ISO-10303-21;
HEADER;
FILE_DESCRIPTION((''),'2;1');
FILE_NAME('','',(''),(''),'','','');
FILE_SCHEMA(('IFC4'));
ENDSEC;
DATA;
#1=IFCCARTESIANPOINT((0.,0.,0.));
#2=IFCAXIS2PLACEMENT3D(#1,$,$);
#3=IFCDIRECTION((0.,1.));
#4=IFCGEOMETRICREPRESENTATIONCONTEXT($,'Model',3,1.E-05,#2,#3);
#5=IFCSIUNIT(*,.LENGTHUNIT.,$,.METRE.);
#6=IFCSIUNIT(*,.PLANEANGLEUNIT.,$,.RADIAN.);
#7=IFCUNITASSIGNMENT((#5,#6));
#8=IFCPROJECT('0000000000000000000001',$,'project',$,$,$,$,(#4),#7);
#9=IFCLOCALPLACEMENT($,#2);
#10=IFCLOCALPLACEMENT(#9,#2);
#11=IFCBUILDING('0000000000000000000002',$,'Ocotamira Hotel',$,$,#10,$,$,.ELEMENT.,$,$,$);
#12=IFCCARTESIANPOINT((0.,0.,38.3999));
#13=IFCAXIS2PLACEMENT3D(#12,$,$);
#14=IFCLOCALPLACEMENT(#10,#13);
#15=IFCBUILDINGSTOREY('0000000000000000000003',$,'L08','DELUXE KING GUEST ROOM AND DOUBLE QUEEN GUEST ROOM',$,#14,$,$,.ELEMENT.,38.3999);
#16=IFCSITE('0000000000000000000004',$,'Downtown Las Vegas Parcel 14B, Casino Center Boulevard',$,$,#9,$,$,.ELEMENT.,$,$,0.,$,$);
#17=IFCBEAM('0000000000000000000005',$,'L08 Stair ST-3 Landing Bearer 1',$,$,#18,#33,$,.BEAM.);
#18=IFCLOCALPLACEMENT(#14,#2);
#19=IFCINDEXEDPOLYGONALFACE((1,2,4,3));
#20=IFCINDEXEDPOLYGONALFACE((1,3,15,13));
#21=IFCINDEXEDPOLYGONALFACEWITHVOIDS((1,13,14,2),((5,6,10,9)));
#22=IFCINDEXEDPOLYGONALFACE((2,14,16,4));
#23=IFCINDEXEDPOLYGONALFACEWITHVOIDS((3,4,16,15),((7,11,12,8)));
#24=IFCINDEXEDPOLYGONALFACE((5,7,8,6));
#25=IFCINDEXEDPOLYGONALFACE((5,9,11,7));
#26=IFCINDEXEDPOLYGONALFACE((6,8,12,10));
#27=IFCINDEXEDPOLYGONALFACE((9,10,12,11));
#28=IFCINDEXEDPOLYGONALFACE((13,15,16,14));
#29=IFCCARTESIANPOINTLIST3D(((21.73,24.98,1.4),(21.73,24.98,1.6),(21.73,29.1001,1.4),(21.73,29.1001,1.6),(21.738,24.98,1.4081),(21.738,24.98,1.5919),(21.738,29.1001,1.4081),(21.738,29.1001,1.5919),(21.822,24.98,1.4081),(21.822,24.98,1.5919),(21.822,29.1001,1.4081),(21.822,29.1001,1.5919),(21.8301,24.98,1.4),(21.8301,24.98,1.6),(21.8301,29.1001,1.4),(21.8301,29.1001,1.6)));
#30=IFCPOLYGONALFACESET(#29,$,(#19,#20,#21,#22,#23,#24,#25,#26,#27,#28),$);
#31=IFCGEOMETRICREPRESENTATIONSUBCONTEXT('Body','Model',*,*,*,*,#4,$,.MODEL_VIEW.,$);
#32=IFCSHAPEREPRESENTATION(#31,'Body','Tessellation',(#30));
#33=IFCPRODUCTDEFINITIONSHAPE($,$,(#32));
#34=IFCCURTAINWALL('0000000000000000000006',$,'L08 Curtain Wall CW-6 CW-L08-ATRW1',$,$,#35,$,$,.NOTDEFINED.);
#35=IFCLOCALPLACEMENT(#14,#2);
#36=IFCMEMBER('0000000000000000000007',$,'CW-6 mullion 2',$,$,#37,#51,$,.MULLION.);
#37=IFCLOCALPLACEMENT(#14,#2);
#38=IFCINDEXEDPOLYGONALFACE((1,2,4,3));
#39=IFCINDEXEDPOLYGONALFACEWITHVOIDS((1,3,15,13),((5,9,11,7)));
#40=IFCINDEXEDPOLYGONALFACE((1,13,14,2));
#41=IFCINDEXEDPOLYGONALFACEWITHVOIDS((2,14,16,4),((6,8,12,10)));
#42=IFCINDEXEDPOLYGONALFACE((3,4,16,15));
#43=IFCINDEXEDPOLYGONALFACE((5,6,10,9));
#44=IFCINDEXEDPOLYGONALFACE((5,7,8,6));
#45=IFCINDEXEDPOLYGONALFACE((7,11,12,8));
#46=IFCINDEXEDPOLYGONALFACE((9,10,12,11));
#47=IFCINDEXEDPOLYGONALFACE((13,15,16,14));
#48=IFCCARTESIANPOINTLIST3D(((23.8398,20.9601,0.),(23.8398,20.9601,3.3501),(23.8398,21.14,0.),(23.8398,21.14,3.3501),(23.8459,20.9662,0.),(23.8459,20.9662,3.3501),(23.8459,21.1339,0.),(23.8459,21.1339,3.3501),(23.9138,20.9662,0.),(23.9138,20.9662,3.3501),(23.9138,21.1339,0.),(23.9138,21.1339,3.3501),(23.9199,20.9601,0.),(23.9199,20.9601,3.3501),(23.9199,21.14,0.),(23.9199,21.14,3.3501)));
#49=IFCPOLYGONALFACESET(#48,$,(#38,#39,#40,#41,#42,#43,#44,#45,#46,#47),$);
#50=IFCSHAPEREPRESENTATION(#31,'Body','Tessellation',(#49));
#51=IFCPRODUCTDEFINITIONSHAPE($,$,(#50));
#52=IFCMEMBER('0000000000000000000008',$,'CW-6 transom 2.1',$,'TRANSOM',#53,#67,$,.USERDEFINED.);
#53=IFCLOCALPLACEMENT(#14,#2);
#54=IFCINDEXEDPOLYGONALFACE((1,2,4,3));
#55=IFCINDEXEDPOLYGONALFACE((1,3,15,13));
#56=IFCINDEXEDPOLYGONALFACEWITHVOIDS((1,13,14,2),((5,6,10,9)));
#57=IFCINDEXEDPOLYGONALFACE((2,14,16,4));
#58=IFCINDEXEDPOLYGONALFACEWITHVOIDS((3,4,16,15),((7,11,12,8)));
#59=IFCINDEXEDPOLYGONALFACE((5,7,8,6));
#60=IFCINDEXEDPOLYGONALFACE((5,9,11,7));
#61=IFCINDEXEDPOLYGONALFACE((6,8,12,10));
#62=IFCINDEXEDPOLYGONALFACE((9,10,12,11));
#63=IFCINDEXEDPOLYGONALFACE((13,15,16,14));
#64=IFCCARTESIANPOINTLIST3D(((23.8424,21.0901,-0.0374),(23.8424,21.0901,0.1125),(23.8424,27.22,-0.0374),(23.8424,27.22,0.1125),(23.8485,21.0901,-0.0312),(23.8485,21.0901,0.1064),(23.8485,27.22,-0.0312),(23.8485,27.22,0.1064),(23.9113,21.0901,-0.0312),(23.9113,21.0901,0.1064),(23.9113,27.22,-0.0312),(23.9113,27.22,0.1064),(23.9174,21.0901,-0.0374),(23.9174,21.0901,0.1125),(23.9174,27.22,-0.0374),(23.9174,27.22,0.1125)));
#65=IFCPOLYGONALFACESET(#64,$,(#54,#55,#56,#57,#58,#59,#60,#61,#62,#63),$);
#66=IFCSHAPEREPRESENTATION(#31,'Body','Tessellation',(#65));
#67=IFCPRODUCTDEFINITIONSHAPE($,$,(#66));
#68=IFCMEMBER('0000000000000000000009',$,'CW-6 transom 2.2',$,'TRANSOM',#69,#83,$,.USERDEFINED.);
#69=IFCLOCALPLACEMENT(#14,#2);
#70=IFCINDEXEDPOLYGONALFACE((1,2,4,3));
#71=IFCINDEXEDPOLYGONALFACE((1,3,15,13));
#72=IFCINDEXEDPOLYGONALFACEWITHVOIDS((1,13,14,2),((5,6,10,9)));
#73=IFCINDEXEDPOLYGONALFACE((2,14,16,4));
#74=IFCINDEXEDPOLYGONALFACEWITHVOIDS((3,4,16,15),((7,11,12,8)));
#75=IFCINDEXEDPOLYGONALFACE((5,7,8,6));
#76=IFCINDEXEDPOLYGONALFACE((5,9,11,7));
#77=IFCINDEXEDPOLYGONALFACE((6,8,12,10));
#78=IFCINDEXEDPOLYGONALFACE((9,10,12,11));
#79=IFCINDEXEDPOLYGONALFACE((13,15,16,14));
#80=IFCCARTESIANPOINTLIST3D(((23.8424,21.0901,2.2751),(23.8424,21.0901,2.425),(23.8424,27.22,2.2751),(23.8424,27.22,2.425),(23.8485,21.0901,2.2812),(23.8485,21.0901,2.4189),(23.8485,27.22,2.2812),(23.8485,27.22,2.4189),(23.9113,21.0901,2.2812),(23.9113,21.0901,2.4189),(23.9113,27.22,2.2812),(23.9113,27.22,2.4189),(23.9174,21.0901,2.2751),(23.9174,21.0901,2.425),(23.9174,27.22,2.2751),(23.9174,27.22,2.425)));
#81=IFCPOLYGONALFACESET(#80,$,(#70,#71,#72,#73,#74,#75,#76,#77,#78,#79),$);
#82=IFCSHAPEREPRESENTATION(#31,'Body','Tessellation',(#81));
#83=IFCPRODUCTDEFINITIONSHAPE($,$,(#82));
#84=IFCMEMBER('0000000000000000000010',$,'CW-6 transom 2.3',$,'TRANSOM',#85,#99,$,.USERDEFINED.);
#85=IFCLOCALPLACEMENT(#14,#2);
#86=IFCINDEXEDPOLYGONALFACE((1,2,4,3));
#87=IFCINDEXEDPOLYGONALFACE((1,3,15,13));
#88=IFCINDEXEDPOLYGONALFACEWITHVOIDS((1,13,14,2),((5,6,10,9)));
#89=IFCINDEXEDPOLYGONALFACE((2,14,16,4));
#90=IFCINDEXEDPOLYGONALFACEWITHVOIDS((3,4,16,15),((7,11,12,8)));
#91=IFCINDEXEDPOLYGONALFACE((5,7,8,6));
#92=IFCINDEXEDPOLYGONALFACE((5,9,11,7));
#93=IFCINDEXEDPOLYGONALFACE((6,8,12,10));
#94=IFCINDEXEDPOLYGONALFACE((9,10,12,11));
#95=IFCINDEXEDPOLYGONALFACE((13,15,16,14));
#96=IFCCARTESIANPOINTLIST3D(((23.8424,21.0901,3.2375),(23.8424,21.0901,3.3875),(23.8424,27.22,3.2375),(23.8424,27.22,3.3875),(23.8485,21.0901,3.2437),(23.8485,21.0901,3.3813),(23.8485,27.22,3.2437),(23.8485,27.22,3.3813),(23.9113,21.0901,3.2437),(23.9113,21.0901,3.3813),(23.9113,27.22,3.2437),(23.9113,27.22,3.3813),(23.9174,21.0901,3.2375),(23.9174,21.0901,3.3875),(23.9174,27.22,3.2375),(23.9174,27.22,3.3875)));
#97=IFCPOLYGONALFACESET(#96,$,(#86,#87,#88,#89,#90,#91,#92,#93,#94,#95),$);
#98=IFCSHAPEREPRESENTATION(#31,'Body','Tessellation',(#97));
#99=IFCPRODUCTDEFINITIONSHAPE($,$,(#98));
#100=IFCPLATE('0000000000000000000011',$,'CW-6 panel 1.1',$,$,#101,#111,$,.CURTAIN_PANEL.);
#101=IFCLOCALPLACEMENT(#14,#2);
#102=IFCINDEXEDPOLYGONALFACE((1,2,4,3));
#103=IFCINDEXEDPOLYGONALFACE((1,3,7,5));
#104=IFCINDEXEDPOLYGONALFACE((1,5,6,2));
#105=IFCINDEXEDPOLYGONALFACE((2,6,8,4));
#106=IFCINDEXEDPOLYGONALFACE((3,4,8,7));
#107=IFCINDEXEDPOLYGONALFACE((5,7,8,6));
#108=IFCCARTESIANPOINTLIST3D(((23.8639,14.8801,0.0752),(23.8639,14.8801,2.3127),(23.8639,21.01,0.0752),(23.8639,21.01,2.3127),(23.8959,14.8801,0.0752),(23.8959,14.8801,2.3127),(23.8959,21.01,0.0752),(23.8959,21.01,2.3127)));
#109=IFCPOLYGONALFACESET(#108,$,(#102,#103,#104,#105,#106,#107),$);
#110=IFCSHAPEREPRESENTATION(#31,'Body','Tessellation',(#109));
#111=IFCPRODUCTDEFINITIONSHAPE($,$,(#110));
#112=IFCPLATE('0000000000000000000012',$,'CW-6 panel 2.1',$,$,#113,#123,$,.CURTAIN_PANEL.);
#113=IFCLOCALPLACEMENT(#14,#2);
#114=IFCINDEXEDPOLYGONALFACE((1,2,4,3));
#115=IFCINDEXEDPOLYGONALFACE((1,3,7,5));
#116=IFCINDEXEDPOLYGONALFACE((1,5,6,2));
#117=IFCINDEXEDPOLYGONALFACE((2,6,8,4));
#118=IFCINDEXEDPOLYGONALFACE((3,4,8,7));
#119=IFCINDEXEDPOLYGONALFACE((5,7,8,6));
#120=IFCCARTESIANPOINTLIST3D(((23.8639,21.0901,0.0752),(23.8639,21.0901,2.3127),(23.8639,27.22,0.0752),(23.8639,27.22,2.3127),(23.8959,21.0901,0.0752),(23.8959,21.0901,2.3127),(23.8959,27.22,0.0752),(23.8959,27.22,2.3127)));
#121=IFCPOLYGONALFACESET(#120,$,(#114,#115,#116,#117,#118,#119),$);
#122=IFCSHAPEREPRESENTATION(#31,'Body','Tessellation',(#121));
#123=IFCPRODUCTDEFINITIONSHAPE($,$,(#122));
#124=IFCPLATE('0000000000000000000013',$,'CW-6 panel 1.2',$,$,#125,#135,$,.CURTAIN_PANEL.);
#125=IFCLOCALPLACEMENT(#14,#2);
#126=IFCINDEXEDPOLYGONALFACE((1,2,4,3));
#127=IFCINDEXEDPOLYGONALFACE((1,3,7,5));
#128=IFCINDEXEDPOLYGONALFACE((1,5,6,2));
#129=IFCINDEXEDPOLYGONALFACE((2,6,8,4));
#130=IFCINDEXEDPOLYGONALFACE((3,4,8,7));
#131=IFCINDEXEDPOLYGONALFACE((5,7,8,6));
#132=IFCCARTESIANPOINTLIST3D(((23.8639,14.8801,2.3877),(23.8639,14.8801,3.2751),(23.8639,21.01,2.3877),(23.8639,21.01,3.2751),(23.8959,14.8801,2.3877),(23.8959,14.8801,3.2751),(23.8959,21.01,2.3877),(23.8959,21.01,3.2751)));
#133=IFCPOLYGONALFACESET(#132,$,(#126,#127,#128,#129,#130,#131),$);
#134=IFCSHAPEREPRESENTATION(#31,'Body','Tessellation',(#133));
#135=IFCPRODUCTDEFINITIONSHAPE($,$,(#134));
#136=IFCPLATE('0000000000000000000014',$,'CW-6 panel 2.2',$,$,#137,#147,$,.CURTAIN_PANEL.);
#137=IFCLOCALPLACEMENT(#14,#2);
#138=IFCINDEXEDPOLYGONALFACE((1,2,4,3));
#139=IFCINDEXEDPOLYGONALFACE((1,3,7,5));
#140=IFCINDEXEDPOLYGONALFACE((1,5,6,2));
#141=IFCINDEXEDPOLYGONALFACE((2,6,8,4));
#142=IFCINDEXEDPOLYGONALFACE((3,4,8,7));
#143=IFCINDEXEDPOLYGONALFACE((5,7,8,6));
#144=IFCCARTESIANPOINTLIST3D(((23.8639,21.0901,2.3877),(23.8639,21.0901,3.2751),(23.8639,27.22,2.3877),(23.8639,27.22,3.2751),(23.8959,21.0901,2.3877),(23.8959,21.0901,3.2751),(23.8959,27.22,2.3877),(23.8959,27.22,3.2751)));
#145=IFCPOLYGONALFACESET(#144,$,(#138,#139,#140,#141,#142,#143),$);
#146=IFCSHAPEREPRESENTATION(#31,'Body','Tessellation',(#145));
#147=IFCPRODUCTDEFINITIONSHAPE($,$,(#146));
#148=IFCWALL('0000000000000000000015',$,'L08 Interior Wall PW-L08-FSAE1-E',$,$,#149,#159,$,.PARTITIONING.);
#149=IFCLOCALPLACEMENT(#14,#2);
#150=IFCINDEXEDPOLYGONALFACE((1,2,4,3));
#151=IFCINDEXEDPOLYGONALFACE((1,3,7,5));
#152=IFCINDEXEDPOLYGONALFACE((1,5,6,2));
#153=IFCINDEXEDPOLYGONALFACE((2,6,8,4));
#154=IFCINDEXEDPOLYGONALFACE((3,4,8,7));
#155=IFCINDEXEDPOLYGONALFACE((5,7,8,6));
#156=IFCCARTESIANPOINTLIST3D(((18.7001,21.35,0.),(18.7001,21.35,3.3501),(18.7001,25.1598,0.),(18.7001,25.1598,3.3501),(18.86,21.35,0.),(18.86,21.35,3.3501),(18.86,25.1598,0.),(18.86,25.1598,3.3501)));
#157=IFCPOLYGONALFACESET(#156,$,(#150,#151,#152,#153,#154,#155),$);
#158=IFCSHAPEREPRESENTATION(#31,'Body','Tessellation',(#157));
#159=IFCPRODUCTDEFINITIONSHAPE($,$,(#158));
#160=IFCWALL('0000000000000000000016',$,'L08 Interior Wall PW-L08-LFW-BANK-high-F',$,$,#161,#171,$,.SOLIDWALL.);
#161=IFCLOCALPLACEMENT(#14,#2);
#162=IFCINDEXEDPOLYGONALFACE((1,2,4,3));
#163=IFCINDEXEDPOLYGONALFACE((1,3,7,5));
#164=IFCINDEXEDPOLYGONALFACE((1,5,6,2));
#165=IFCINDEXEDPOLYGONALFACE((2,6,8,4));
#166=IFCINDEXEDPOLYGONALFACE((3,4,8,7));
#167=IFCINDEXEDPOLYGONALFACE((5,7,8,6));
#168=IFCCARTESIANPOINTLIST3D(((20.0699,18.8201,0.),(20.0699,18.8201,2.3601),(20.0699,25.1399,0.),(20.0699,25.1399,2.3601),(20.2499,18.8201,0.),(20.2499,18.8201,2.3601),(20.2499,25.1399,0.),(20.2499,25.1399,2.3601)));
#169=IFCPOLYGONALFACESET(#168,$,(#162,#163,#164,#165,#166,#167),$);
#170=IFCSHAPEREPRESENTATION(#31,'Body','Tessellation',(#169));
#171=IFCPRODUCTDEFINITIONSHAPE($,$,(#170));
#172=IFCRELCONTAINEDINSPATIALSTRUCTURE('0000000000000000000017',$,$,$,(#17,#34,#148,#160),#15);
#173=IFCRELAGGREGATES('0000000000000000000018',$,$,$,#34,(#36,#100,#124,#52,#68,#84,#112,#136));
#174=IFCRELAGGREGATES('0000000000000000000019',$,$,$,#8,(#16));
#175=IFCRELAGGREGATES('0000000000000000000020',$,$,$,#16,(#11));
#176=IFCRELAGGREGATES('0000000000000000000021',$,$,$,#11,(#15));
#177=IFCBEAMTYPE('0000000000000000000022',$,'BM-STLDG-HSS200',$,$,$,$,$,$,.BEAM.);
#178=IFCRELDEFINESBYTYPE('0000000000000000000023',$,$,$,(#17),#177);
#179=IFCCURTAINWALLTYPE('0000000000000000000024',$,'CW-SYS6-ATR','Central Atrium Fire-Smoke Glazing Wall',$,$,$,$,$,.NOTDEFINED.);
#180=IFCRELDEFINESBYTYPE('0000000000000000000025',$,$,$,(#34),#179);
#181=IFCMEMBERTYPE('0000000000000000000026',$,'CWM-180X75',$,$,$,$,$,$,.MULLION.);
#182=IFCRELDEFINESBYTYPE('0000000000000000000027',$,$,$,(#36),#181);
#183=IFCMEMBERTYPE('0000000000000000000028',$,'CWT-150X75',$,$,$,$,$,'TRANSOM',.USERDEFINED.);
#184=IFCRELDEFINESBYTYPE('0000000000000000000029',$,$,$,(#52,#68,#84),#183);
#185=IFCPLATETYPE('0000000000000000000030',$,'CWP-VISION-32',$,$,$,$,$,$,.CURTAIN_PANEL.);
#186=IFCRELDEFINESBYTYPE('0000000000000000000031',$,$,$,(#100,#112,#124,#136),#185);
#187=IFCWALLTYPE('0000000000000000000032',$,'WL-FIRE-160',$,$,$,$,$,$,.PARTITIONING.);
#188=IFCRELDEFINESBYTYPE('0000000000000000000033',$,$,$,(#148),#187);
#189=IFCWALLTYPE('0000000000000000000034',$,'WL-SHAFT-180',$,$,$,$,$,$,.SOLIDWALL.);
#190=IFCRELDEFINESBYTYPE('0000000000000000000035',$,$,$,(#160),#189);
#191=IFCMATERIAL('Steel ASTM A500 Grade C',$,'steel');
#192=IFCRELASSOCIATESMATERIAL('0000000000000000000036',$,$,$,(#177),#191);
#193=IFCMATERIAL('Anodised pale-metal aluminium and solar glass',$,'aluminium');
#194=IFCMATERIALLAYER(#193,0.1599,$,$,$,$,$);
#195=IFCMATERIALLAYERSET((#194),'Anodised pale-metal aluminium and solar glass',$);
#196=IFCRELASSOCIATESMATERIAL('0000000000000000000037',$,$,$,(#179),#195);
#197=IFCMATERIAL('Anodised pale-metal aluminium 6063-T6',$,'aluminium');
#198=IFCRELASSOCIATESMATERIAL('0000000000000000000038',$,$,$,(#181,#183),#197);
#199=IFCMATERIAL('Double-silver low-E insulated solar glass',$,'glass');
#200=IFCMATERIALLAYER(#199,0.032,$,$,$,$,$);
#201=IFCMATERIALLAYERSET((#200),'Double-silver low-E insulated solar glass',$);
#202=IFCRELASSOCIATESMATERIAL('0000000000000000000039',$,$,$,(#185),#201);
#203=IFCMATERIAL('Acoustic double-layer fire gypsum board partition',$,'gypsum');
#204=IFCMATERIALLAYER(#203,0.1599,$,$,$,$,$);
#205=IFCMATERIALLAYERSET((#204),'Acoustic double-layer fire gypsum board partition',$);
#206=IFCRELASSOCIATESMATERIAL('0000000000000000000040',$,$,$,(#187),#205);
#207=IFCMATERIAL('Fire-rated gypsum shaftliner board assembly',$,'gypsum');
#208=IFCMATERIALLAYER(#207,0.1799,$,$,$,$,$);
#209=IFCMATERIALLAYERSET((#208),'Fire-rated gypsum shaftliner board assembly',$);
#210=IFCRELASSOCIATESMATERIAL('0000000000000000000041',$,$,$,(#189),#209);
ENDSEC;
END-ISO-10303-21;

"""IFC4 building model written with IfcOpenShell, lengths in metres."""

from ifc_helpers import new_model, si_unit, direction, frame, frame_2d, origin, origin_2d, place, context, subcontext, project, spatial, rectangle, hollow_rectangle, extrude, source, transform, mapped, material, layer, layer_set, material_profile, profile_set, type_object, element, aggregate, save


model = new_model("IFC4")

# Units and contexts
model_context = context("Model", 3, precision=1e-05, world=origin(), true_north=direction((0.0, 1.0)))
body_context = subcontext(model_context, "Body", "Model", "MODEL_VIEW")
ifc_project = project(units=[si_unit("LENGTHUNIT", "METRE"), si_unit("PLANEANGLEUNIT", "RADIAN")], contexts=[model_context])

# Site, building, storey
site_placement = place(None, origin())
site = spatial("IfcSite", under=ifc_project, at=site_placement, Name="Downtown Las Vegas Parcel 14B, Casino Center Boulevard", CompositionType="ELEMENT", RefElevation=0.0)
building_placement = place(site_placement, origin())
building = spatial("IfcBuilding", under=site, at=building_placement, Name="Ocotamira Hotel", CompositionType="ELEMENT")
storey_placement = place(building_placement, frame((0.0, 0.0, 38.3999)))
storey = spatial("IfcBuildingStorey", under=building, at=storey_placement, Name="L08", Description="DELUXE KING GUEST ROOM AND DOUBLE QUEEN GUEST ROOM", CompositionType="ELEMENT", Elevation=38.3999)

# Beam
ifc_material_1 = material(Name="Steel ASTM A500 Grade C", Category="steel")
ifc_material_profile_1 = material_profile(ifc_material_1, hollow_rectangle(XDim=0.1001, YDim=0.2, WallThickness=0.0081, at=origin_2d()), Name="HSS200X100X8")
ifc_profile_set_1 = profile_set([ifc_material_profile_1], Name="Steel ASTM A500 Grade C")
beam_type = type_object("IfcBeamType", Name="BM-STLDG-HSS200", PredefinedType="BEAM", material=ifc_profile_set_1)
shared_shape_1 = source(origin(), body_context, "Body", "SweptSolid", [
    extrude(hollow_rectangle(XDim=0.1001, YDim=0.2, WallThickness=0.0081, at=origin_2d()), origin(), (0.0, 0.0, 1.0), 4.1201),
])
beam_placement = place(storey_placement, frame((21.78, 24.98, 1.5), z_axis=(0.0, 1.0, 0.0), x_axis=(-1.0, 0.0, 0.0)))
element("IfcBeam", 1, at=beam_placement, inside=storey, type_object=beam_type, Name="L08 Stair ST-3 Landing Bearer 1", PredefinedType="BEAM", context=body_context, shape_type="MappedRepresentation", body=[
    mapped(shared_shape_1, transform((0.0, 0.0, 0.0), scale=1.0)),
])

# Curtain wall, members, plates
ifc_material_2 = material(Name="Anodised pale-metal aluminium and solar glass", Category="aluminium")
ifc_layer_1 = layer(ifc_material_2, 0.1599)
ifc_layer_set_1 = layer_set([ifc_layer_1], Name="Anodised pale-metal aluminium and solar glass")
curtain_wall_type = type_object("IfcCurtainWallType", Name="CW-SYS6-ATR", Description="Central Atrium Fire-Smoke Glazing Wall", PredefinedType="NOTDEFINED", material=ifc_layer_set_1)
curtain_wall_placement = place(storey_placement, origin())
curtain_wall = element("IfcCurtainWall", 2, at=curtain_wall_placement, inside=storey, type_object=curtain_wall_type, Name="L08 Curtain Wall CW-6 CW-L08-ATRW1", PredefinedType="NOTDEFINED")
ifc_material_3 = material(Name="Anodised pale-metal aluminium 6063-T6", Category="aluminium")
ifc_material_profile_2 = material_profile(ifc_material_3, hollow_rectangle(XDim=0.0801, YDim=0.1799, WallThickness=0.0061, at=origin_2d()), Name="HSS180X80X6")
ifc_profile_set_2 = profile_set([ifc_material_profile_2], Name="Anodised pale-metal aluminium 6063-T6")
member_type_1 = type_object("IfcMemberType", Name="CWM-180X75", PredefinedType="MULLION", material=ifc_profile_set_2)
shared_shape_2 = source(origin(), body_context, "Body", "SweptSolid", [
    extrude(hollow_rectangle(XDim=0.0801, YDim=0.1799, WallThickness=0.0061, at=origin_2d()), origin(), (0.0, 0.0, 1.0), 3.3501),
])
member_1_placement = place(storey_placement, frame((23.8799, 21.05, 0.0), z_axis=(0.0, 0.0, 1.0), x_axis=(-1.0, 0.0, 0.0)))
member_1 = element("IfcMember", 3, at=member_1_placement, type_object=member_type_1, Name="CW-6 mullion 2", PredefinedType="MULLION", context=body_context, shape_type="MappedRepresentation", body=[
    mapped(shared_shape_2, transform((0.0, 0.0, 0.0), scale=1.0)),
])
ifc_material_profile_3 = material_profile(ifc_material_3, hollow_rectangle(XDim=0.075, YDim=0.1499, WallThickness=0.0061, at=origin_2d()), Name="HSS150X75X6")
ifc_profile_set_3 = profile_set([ifc_material_profile_3], Name="Anodised pale-metal aluminium 6063-T6")
member_type_2 = type_object("IfcMemberType", Name="CWT-150X75", ElementType="TRANSOM", PredefinedType="USERDEFINED", material=ifc_profile_set_3)
shared_shape_3 = source(origin(), body_context, "Body", "SweptSolid", [
    extrude(hollow_rectangle(XDim=0.075, YDim=0.1499, WallThickness=0.0061, at=origin_2d()), origin(), (0.0, 0.0, 1.0), 6.1299),
])
member_2_placement = place(storey_placement, frame((23.8799, 21.0901, 0.0376), z_axis=(0.0, 1.0, 0.0), x_axis=(-1.0, 0.0, 0.0)))
member_2 = element("IfcMember", 4, at=member_2_placement, type_object=member_type_2, Name="CW-6 transom 2.1", ObjectType="TRANSOM", PredefinedType="USERDEFINED", context=body_context, shape_type="MappedRepresentation", body=[
    mapped(shared_shape_3, transform((0.0, 0.0, 0.0), scale=1.0)),
])
member_3_placement = place(storey_placement, frame((23.8799, 21.0901, 2.3501), z_axis=(0.0, 1.0, 0.0), x_axis=(-1.0, 0.0, 0.0)))
member_3 = element("IfcMember", 5, at=member_3_placement, type_object=member_type_2, Name="CW-6 transom 2.2", ObjectType="TRANSOM", PredefinedType="USERDEFINED", context=body_context, shape_type="MappedRepresentation", body=[
    mapped(shared_shape_3, transform((0.0, 0.0, 0.0), scale=1.0)),
])
member_4_placement = place(storey_placement, frame((23.8799, 21.0901, 3.3125), z_axis=(0.0, 1.0, 0.0), x_axis=(-1.0, 0.0, 0.0)))
member_4 = element("IfcMember", 6, at=member_4_placement, type_object=member_type_2, Name="CW-6 transom 2.3", ObjectType="TRANSOM", PredefinedType="USERDEFINED", context=body_context, shape_type="MappedRepresentation", body=[
    mapped(shared_shape_3, transform((0.0, 0.0, 0.0), scale=1.0)),
])
ifc_material_4 = material(Name="Double-silver low-E insulated solar glass", Category="glass")
ifc_layer_2 = layer(ifc_material_4, 0.032)
ifc_layer_set_2 = layer_set([ifc_layer_2], Name="Double-silver low-E insulated solar glass")
plate_type = type_object("IfcPlateType", Name="CWP-VISION-32", PredefinedType="CURTAIN_PANEL", material=ifc_layer_set_2)
shared_shape_4 = source(origin(), body_context, "Body", "SweptSolid", [
    extrude(rectangle(XDim=6.1299, YDim=0.032, at=origin_2d()), origin(), (0.0, 0.0, 1.0), 2.2375),
])
plate_1_placement = place(storey_placement, frame((23.8799, 17.9451, 0.0752), z_axis=(0.0, 0.0, 1.0), x_axis=(0.0, 1.0, 0.0)))
plate_1 = element("IfcPlate", 7, at=plate_1_placement, type_object=plate_type, Name="CW-6 panel 1.1", PredefinedType="CURTAIN_PANEL", context=body_context, shape_type="MappedRepresentation", body=[
    mapped(shared_shape_4, transform((0.0, 0.0, 0.0), scale=1.0)),
])
plate_2_placement = place(storey_placement, frame((23.8799, 24.155, 0.0752), z_axis=(0.0, 0.0, 1.0), x_axis=(0.0, 1.0, 0.0)))
plate_2 = element("IfcPlate", 8, at=plate_2_placement, type_object=plate_type, Name="CW-6 panel 2.1", PredefinedType="CURTAIN_PANEL", context=body_context, shape_type="MappedRepresentation", body=[
    mapped(shared_shape_4, transform((0.0, 0.0, 0.0), scale=1.0)),
])
shared_shape_5 = source(origin(), body_context, "Body", "SweptSolid", [
    extrude(rectangle(XDim=6.1299, YDim=0.032, at=origin_2d()), origin(), (0.0, 0.0, 1.0), 0.8875),
])
plate_3_placement = place(storey_placement, frame((23.8799, 17.9451, 2.3877), z_axis=(0.0, 0.0, 1.0), x_axis=(0.0, 1.0, 0.0)))
plate_3 = element("IfcPlate", 9, at=plate_3_placement, type_object=plate_type, Name="CW-6 panel 1.2", PredefinedType="CURTAIN_PANEL", context=body_context, shape_type="MappedRepresentation", body=[
    mapped(shared_shape_5, transform((0.0, 0.0, 0.0), scale=1.0)),
])
plate_4_placement = place(storey_placement, frame((23.8799, 24.155, 2.3877), z_axis=(0.0, 0.0, 1.0), x_axis=(0.0, 1.0, 0.0)))
plate_4 = element("IfcPlate", 10, at=plate_4_placement, type_object=plate_type, Name="CW-6 panel 2.2", PredefinedType="CURTAIN_PANEL", context=body_context, shape_type="MappedRepresentation", body=[
    mapped(shared_shape_5, transform((0.0, 0.0, 0.0), scale=1.0)),
])
aggregate(curtain_wall, [member_1, plate_1, plate_3, member_2, member_3, member_4, plate_2, plate_4])

# Shared definitions
ifc_material_5 = material(Name="Acoustic double-layer fire gypsum board partition", Category="gypsum")
ifc_layer_3 = layer(ifc_material_5, 0.1599)
ifc_layer_set_3 = layer_set([ifc_layer_3], Name="Acoustic double-layer fire gypsum board partition")
wall_type_1 = type_object("IfcWallType", Name="WL-FIRE-160", PredefinedType="PARTITIONING", material=ifc_layer_set_3)

# Walls
wall_1_placement = place(storey_placement, frame((18.78, 21.3501, 0.0), z_axis=(0.0, 0.0, 1.0), x_axis=(0.0, 1.0, 0.0)))
element("IfcWall", 11, at=wall_1_placement, inside=storey, type_object=wall_type_1, Name="L08 Interior Wall PW-L08-FSAE1-E", PredefinedType="PARTITIONING", context=body_context, shape_type="SweptSolid", body=[
    extrude(rectangle(XDim=3.8098, YDim=0.1599, at=frame_2d((1.9048, 0.0))), origin(), (0.0, 0.0, 1.0), 3.3501),
])
ifc_material_6 = material(Name="Fire-rated gypsum shaftliner board assembly", Category="gypsum")
ifc_layer_4 = layer(ifc_material_6, 0.1799)
ifc_layer_set_4 = layer_set([ifc_layer_4], Name="Fire-rated gypsum shaftliner board assembly")
wall_type_2 = type_object("IfcWallType", Name="WL-SHAFT-180", PredefinedType="SOLIDWALL", material=ifc_layer_set_4)
wall_2_placement = place(storey_placement, frame((20.1599, 18.8201, 0.0), z_axis=(0.0, 0.0, 1.0), x_axis=(0.0, 1.0, 0.0)))
element("IfcWall", 12, at=wall_2_placement, inside=storey, type_object=wall_type_2, Name="L08 Interior Wall PW-L08-LFW-BANK-high-F", PredefinedType="SOLIDWALL", context=body_context, shape_type="SweptSolid", body=[
    extrude(rectangle(XDim=6.3198, YDim=0.1799, at=frame_2d((3.1599, 0.0))), origin(), (0.0, 0.0, 1.0), 2.3601),
])

save(model, "model.ifc")
